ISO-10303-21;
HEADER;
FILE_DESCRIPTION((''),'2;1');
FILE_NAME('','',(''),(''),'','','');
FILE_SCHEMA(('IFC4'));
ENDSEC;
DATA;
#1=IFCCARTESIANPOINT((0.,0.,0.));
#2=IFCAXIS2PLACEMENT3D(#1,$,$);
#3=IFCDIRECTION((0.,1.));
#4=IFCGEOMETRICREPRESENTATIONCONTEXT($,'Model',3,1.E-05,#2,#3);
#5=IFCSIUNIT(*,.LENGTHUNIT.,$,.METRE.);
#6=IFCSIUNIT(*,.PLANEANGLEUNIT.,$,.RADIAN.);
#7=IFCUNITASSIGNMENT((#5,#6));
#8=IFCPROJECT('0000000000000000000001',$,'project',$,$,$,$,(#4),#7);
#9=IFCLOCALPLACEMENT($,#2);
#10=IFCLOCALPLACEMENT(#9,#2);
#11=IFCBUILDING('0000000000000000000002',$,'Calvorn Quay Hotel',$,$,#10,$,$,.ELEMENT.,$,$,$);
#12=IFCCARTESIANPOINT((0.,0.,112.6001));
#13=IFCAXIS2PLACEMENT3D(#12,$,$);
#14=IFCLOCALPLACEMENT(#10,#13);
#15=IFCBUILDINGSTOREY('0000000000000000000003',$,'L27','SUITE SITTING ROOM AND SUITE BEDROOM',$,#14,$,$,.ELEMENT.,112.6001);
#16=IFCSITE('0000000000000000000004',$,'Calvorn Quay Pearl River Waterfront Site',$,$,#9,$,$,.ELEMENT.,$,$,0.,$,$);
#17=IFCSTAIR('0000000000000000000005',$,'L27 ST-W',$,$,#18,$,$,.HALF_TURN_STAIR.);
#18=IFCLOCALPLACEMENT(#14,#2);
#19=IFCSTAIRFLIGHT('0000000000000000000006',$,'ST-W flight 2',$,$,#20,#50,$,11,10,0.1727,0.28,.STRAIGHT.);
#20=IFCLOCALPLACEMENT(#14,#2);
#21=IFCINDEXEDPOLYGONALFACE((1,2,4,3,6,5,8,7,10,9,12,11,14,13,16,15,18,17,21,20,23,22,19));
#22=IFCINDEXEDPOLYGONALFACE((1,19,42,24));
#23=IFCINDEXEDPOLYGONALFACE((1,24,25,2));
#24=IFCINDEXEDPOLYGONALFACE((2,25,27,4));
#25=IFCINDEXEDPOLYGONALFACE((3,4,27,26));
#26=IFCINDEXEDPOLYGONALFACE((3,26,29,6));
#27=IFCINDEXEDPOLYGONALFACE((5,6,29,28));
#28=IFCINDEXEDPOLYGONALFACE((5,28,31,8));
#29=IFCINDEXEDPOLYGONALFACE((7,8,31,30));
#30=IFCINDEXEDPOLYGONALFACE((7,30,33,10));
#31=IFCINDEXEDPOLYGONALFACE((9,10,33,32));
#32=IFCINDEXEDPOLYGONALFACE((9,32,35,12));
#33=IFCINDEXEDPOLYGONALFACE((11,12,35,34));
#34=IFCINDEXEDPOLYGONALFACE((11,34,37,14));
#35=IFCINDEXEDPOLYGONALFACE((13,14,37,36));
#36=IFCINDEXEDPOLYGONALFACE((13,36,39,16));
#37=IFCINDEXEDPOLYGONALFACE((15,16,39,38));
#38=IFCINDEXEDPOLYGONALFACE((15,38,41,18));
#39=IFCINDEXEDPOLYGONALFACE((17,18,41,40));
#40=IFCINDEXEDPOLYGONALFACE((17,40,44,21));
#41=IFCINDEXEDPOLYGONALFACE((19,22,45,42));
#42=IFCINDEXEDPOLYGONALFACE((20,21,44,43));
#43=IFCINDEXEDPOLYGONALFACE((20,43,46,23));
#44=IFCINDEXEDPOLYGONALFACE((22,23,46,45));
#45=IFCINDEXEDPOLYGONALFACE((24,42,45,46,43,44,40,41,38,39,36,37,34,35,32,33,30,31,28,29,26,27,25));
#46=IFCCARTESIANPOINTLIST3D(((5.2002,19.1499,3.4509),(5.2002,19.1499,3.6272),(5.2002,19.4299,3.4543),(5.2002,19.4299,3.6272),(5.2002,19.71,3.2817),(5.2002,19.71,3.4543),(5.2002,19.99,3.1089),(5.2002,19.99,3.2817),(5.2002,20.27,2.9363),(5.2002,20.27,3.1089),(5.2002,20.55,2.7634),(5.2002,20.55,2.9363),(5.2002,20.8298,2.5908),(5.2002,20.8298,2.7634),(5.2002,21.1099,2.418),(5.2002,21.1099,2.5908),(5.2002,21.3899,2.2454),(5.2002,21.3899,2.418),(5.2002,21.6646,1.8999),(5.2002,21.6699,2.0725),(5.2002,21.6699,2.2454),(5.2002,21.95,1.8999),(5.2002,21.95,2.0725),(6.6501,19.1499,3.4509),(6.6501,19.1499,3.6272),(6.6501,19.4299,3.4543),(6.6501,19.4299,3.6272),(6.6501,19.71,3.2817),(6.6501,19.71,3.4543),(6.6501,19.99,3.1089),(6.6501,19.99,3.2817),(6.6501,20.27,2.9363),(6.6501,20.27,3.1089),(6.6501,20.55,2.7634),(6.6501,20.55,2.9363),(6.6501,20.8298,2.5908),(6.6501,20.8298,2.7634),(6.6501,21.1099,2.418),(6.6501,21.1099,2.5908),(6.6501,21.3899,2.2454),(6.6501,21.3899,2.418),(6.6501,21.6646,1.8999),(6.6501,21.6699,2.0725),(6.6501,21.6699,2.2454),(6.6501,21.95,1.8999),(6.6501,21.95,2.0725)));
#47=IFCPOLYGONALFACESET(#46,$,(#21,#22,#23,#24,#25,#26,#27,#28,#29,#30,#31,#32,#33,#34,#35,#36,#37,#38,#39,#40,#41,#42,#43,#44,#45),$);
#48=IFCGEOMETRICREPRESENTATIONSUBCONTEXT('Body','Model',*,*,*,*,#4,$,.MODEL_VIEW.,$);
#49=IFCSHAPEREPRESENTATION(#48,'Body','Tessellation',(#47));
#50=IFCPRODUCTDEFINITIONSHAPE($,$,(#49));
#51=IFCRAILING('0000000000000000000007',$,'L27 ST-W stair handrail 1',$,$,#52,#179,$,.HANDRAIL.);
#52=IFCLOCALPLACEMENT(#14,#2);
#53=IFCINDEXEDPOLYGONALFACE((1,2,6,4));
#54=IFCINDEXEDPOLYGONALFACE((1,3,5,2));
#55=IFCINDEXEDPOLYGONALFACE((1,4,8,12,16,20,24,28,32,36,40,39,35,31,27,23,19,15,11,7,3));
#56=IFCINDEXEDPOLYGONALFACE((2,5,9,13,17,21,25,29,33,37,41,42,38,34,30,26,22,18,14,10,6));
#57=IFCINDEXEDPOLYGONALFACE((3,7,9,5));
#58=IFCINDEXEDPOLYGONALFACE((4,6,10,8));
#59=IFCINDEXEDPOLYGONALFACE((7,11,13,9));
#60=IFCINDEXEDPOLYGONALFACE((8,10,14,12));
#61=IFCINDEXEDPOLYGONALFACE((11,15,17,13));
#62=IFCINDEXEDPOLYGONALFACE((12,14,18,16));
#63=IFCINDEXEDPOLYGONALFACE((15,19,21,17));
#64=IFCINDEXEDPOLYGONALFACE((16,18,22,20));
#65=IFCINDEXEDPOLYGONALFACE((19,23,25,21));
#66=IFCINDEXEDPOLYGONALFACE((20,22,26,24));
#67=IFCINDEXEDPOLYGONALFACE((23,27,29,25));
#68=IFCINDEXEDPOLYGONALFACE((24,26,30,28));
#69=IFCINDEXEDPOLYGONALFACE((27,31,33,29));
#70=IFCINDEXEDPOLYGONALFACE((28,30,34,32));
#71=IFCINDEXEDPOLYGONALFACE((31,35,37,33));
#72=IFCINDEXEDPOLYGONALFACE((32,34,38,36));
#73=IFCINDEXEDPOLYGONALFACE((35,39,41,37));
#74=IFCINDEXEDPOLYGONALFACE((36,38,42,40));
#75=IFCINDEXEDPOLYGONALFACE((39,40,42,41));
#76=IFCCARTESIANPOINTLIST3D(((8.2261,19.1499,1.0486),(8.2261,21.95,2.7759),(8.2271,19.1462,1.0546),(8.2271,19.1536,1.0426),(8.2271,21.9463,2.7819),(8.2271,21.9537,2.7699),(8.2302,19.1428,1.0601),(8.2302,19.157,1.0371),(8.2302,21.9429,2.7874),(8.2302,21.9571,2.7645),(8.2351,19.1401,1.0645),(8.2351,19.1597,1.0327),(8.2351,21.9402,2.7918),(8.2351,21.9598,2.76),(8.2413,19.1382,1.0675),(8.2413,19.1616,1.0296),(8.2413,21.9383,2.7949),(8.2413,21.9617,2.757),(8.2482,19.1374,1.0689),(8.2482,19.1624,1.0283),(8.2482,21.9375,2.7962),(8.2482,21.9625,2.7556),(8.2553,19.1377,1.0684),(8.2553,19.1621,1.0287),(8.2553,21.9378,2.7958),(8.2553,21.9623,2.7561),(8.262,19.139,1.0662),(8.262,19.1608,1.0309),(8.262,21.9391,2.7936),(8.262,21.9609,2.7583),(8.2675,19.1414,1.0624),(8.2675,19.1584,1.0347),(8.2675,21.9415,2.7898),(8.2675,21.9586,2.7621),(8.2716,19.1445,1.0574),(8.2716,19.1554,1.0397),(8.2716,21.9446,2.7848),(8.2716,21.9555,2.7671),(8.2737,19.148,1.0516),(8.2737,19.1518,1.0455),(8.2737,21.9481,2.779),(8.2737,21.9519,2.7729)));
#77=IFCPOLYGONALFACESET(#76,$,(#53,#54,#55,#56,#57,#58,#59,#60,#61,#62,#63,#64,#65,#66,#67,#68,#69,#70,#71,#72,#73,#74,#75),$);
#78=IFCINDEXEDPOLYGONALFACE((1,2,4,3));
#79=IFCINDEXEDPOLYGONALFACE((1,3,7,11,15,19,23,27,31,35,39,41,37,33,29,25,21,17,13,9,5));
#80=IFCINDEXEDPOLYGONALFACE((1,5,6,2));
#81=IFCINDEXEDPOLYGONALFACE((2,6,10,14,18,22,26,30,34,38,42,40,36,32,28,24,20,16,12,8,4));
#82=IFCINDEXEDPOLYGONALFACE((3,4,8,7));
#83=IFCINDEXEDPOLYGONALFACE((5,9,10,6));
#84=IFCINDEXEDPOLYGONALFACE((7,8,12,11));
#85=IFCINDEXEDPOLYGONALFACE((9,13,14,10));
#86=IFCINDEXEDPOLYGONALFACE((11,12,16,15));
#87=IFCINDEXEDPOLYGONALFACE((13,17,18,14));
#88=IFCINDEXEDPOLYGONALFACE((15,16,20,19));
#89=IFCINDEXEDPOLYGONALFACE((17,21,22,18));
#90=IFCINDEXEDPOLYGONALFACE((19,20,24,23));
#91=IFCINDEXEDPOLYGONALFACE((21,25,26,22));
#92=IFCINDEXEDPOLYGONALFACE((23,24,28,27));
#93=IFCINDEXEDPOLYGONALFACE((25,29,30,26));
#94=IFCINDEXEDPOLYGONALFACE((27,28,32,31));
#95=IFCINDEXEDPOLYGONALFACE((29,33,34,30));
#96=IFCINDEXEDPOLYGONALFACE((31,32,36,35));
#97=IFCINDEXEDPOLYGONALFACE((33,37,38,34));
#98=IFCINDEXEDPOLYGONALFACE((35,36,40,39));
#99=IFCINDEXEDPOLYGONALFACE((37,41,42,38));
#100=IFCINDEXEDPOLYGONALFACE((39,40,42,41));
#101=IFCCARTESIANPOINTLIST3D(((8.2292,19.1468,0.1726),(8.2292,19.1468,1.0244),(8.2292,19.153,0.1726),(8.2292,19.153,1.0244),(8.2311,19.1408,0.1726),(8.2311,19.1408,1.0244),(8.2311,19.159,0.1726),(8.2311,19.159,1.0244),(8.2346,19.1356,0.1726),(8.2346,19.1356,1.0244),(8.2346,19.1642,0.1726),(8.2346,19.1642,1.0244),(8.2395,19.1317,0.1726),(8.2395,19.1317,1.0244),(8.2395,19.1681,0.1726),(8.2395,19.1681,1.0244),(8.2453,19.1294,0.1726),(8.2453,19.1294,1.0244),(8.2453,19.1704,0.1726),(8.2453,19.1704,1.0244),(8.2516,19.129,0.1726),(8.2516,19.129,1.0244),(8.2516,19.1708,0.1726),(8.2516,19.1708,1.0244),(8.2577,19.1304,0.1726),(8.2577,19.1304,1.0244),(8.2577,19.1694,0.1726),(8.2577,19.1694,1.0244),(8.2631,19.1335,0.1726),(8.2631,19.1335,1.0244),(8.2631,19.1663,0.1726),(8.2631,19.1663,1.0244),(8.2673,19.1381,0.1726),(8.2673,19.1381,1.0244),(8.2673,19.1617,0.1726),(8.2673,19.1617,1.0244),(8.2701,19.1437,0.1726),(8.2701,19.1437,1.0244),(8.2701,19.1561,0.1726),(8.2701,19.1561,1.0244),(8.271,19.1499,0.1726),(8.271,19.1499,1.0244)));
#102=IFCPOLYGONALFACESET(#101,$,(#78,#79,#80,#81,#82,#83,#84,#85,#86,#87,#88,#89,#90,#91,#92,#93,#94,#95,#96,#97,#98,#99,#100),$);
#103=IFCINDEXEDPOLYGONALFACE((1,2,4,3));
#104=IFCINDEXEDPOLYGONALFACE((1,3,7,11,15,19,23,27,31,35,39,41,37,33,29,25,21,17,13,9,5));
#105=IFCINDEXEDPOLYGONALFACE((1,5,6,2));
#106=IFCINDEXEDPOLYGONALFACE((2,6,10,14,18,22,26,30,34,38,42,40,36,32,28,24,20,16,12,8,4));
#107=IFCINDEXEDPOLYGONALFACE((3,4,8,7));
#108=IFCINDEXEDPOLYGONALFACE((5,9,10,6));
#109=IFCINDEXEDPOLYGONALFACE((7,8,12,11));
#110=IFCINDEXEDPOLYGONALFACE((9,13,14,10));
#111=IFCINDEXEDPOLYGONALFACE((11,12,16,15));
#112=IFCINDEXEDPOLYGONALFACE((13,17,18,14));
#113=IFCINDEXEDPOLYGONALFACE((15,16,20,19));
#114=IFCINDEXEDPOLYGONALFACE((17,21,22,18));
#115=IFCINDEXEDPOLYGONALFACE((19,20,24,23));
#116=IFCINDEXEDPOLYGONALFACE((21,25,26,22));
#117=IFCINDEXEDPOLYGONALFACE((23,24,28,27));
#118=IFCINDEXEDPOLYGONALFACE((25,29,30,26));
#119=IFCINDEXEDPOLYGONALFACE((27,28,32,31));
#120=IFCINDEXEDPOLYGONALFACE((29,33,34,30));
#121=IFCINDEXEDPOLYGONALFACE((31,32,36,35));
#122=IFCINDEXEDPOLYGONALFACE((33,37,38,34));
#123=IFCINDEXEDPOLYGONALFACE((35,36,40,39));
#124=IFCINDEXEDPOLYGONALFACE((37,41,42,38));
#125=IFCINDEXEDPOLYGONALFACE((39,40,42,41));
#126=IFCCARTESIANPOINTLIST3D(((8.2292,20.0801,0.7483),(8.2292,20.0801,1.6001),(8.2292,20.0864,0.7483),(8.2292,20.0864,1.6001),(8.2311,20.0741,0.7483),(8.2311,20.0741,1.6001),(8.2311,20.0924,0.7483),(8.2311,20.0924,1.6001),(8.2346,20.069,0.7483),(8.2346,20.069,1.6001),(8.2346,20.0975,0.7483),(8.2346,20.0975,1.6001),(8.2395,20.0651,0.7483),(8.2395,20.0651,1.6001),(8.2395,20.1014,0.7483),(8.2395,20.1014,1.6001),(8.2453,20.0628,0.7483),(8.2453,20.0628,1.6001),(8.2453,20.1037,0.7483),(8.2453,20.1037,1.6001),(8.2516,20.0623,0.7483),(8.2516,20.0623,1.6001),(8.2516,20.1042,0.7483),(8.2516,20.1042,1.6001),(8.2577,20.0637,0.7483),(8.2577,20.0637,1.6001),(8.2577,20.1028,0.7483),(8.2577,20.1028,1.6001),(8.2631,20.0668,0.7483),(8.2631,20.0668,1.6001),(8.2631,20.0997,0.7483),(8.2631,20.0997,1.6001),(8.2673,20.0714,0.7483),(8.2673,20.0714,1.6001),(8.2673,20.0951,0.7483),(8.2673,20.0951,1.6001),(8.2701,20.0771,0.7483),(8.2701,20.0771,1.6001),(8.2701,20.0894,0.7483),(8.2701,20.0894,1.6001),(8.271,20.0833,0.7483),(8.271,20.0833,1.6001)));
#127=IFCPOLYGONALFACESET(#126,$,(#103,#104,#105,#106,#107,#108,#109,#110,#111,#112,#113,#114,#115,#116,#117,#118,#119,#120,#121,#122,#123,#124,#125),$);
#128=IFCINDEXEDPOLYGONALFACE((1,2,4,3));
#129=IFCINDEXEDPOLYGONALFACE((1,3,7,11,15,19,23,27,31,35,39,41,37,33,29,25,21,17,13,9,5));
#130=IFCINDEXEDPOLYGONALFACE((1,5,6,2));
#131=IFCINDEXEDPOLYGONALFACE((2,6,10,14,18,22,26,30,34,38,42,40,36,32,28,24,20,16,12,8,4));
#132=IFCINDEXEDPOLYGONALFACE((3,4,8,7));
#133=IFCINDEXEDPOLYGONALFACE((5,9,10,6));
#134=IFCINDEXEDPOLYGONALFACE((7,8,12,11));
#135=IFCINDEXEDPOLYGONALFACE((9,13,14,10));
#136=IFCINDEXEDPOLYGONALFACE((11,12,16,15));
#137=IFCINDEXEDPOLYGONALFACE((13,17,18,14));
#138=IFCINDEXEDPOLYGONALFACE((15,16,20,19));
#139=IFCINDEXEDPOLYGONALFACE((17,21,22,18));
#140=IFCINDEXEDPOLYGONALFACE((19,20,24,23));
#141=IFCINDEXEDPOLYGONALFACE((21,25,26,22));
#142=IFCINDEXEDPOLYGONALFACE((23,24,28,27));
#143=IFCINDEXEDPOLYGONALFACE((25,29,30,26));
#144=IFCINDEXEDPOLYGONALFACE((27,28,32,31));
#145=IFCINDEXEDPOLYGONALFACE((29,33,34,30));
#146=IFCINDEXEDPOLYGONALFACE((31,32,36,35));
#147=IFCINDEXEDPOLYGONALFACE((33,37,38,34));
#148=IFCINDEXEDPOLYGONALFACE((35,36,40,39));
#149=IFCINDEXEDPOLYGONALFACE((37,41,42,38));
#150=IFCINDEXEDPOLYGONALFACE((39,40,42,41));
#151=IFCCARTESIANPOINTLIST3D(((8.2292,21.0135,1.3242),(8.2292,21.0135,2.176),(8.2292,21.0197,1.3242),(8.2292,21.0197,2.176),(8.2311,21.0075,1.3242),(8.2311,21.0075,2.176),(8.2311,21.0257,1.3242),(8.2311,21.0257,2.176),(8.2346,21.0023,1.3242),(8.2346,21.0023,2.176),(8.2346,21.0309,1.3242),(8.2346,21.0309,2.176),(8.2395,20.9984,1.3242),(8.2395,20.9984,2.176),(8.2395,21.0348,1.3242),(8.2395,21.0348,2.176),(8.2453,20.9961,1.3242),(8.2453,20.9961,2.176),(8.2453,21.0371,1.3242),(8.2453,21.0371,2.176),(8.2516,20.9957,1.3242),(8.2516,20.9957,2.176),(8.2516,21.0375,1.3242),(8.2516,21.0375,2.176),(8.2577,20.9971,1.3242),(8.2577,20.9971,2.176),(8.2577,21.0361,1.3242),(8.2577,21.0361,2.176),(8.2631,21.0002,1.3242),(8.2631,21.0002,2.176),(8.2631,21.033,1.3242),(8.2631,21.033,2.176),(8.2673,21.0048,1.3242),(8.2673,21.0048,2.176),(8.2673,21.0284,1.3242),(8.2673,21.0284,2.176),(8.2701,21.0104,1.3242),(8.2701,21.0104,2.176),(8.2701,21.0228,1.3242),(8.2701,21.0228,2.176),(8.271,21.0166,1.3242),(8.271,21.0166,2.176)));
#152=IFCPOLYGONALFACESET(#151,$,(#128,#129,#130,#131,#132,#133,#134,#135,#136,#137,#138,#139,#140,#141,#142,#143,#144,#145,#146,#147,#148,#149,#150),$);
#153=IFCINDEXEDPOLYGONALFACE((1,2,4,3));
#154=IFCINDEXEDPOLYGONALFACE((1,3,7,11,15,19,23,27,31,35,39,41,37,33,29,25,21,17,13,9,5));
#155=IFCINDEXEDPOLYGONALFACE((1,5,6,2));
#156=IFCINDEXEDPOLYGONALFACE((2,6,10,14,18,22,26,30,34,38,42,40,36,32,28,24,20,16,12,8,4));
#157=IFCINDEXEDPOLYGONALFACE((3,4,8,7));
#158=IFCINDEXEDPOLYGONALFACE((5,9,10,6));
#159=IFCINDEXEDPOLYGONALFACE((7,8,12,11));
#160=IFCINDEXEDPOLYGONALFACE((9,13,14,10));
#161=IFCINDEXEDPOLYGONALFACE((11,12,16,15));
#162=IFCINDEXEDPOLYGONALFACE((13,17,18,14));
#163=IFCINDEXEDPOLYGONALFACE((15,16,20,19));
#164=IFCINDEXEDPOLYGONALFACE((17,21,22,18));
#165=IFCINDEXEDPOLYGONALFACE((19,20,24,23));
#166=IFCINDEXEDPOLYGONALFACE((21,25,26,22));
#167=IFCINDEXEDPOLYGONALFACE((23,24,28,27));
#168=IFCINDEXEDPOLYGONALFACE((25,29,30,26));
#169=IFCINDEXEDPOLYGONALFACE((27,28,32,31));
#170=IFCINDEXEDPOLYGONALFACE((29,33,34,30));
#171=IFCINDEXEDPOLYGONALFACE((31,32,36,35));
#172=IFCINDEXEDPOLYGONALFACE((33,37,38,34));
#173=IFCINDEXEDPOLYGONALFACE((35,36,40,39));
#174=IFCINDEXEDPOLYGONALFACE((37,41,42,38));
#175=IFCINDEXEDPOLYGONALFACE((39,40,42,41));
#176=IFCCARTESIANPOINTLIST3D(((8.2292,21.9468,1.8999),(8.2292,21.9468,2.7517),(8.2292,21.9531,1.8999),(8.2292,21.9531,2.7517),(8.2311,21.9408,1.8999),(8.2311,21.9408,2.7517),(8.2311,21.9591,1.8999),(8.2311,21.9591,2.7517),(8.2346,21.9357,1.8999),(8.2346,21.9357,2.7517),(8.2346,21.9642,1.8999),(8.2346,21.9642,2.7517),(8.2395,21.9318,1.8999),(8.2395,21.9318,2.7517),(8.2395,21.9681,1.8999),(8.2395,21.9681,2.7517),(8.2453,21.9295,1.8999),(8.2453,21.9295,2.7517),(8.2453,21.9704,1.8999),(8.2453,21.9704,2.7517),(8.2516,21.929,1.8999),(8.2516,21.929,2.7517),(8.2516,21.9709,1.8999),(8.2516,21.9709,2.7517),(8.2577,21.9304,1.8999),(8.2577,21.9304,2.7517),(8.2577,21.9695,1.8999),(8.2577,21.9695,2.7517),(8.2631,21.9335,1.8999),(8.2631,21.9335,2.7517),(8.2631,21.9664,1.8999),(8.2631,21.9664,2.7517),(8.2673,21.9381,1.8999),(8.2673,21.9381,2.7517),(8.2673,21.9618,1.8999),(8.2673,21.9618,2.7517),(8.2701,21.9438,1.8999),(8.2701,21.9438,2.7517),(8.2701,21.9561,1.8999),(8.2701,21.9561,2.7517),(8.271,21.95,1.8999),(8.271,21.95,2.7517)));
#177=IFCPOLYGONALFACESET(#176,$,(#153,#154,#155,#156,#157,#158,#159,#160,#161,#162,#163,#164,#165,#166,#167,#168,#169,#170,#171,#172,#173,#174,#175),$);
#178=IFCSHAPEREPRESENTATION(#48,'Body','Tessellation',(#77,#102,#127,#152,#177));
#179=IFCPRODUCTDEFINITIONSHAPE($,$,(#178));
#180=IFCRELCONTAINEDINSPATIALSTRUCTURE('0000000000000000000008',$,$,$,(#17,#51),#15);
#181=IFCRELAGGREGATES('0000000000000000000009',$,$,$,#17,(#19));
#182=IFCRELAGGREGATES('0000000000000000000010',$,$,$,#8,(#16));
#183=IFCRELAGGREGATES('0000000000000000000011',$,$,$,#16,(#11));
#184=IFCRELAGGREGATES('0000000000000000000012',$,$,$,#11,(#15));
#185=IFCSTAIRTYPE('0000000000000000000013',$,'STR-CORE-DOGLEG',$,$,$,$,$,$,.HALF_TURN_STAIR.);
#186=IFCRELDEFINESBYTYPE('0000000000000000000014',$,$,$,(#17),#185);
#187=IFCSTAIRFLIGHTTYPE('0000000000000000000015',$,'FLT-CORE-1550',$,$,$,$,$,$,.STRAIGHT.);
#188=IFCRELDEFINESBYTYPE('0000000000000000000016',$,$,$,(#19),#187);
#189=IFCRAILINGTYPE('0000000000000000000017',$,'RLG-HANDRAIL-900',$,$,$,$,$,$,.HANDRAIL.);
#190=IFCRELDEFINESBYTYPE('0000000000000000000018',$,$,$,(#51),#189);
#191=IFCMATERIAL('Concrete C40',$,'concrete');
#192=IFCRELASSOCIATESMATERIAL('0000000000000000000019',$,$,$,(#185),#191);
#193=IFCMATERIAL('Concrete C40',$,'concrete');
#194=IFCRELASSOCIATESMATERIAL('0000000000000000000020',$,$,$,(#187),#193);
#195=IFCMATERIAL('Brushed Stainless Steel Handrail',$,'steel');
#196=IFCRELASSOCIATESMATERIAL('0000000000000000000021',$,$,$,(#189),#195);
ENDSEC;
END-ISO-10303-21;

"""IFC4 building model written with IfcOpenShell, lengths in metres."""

from ifc_helpers import new_model, si_unit, direction, frame, origin, origin_2d, place, context, subcontext, project, spatial, polyline, circle, outline, extrude, material, type_object, element, aggregate, save


model = new_model("IFC4")

# Units and contexts
model_context = context("Model", 3, precision=1e-05, world=origin(), true_north=direction((0.0, 1.0)))
body_context = subcontext(model_context, "Body", "Model", "MODEL_VIEW")
ifc_project = project(units=[si_unit("LENGTHUNIT", "METRE"), si_unit("PLANEANGLEUNIT", "RADIAN")], contexts=[model_context])

# Site, building, storey
site_placement = place(None, origin())
site = spatial("IfcSite", under=ifc_project, at=site_placement, Name="Calvorn Quay Pearl River Waterfront Site", CompositionType="ELEMENT", RefElevation=0.0)
building_placement = place(site_placement, origin())
building = spatial("IfcBuilding", under=site, at=building_placement, Name="Calvorn Quay Hotel", CompositionType="ELEMENT")
storey_placement = place(building_placement, frame((0.0, 0.0, 112.6001)))
storey = spatial("IfcBuildingStorey", under=building, at=storey_placement, Name="L27", Description="SUITE SITTING ROOM AND SUITE BEDROOM", CompositionType="ELEMENT", Elevation=112.6001)

# Stair, stair flight
ifc_material_1 = material(Name="Concrete C40", Category="concrete")
stair_type = type_object("IfcStairType", Name="STR-CORE-DOGLEG", PredefinedType="HALF_TURN_STAIR", material=ifc_material_1)
stair_placement = place(storey_placement, origin())
stair = element("IfcStair", 1, at=stair_placement, inside=storey, type_object=stair_type, Name="L27 ST-W", PredefinedType="HALF_TURN_STAIR")
ifc_material_2 = material(Name="Concrete C40", Category="concrete")
stair_flight_type = type_object("IfcStairFlightType", Name="FLT-CORE-1550", PredefinedType="STRAIGHT", material=ifc_material_2)
stair_flight_1_placement = place(storey_placement, frame((5.925, 21.95, 1.8999), z_axis=(0.0, 0.0, 1.0), x_axis=(0.0, -1.0, 0.0)))
stair_flight_1 = element("IfcStairFlight", 2, at=stair_flight_1_placement, type_object=stair_flight_type, Name="ST-W flight 2", NumberOfRisers=11, NumberOfTreads=10, PredefinedType="STRAIGHT", RiserHeight=0.1727, TreadLength=0.28, context=body_context, shape_type="SweptSolid", body=[
    extrude(outline(polyline([(0.0, 0.0), (0.0, 0.1726), (0.28, 0.1726), (0.28, 0.3455), (0.5601, 0.3455), (0.5601, 0.5181), (0.8401, 0.5181), (0.8401, 0.6909), (1.1201, 0.6909), (1.1201, 0.8635), (1.3999, 0.8635), (1.3999, 1.0364), (1.6799, 1.0364), (1.6799, 1.209), (1.96, 1.209), (1.96, 1.3818), (2.24, 1.3818), (2.24, 1.5544), (2.52, 1.5544), (2.52, 1.7273), (2.8, 1.7273), (2.8, 1.8999), (2.8, 1.551), (0.2854, 0.0), (0.0, 0.0)])), frame((0.0, 0.7251, 0.0), z_axis=(0.0, -1.0, 0.0), x_axis=(1.0, 0.0, 0.0)), (0.0, 0.0, 1.0), 1.45),
])
aggregate(stair, [stair_flight_1])

# Railing
ifc_material_3 = material(Name="Brushed Stainless Steel Handrail", Category="steel")
railing_type_1 = type_object("IfcRailingType", Name="RLG-HANDRAIL-900", PredefinedType="HANDRAIL", material=ifc_material_3)
railing_1_placement = place(storey_placement, frame((8.25, 19.1499, 0.1726)))
element("IfcRailing", 3, at=railing_1_placement, inside=storey, type_object=railing_type_1, Name="L27 ST-W stair handrail 1", PredefinedType="HANDRAIL", context=body_context, shape_type="SweptSolid", body=[
    extrude(circle(Radius=0.0239, at=origin_2d()), frame((0.0, 0.0, 0.876), z_axis=(0.0, 0.85109, 0.52502), x_axis=(-1.0, 0.0, 0.0)), (0.0, 0.0, 1.0), 3.29),
    extrude(circle(Radius=0.021, at=origin_2d()), origin(), (0.0, 0.0, 1.0), 0.8518),
    extrude(circle(Radius=0.021, at=origin_2d()), frame((0.0, 0.9333, 0.5757)), (0.0, 0.0, 1.0), 0.8518),
    extrude(circle(Radius=0.021, at=origin_2d()), frame((0.0, 1.8667, 1.1516)), (0.0, 0.0, 1.0), 0.8518),
    extrude(circle(Radius=0.021, at=origin_2d()), frame((0.0, 2.8, 1.7273)), (0.0, 0.0, 1.0), 0.8518),
])

save(model, "model.ifc")
